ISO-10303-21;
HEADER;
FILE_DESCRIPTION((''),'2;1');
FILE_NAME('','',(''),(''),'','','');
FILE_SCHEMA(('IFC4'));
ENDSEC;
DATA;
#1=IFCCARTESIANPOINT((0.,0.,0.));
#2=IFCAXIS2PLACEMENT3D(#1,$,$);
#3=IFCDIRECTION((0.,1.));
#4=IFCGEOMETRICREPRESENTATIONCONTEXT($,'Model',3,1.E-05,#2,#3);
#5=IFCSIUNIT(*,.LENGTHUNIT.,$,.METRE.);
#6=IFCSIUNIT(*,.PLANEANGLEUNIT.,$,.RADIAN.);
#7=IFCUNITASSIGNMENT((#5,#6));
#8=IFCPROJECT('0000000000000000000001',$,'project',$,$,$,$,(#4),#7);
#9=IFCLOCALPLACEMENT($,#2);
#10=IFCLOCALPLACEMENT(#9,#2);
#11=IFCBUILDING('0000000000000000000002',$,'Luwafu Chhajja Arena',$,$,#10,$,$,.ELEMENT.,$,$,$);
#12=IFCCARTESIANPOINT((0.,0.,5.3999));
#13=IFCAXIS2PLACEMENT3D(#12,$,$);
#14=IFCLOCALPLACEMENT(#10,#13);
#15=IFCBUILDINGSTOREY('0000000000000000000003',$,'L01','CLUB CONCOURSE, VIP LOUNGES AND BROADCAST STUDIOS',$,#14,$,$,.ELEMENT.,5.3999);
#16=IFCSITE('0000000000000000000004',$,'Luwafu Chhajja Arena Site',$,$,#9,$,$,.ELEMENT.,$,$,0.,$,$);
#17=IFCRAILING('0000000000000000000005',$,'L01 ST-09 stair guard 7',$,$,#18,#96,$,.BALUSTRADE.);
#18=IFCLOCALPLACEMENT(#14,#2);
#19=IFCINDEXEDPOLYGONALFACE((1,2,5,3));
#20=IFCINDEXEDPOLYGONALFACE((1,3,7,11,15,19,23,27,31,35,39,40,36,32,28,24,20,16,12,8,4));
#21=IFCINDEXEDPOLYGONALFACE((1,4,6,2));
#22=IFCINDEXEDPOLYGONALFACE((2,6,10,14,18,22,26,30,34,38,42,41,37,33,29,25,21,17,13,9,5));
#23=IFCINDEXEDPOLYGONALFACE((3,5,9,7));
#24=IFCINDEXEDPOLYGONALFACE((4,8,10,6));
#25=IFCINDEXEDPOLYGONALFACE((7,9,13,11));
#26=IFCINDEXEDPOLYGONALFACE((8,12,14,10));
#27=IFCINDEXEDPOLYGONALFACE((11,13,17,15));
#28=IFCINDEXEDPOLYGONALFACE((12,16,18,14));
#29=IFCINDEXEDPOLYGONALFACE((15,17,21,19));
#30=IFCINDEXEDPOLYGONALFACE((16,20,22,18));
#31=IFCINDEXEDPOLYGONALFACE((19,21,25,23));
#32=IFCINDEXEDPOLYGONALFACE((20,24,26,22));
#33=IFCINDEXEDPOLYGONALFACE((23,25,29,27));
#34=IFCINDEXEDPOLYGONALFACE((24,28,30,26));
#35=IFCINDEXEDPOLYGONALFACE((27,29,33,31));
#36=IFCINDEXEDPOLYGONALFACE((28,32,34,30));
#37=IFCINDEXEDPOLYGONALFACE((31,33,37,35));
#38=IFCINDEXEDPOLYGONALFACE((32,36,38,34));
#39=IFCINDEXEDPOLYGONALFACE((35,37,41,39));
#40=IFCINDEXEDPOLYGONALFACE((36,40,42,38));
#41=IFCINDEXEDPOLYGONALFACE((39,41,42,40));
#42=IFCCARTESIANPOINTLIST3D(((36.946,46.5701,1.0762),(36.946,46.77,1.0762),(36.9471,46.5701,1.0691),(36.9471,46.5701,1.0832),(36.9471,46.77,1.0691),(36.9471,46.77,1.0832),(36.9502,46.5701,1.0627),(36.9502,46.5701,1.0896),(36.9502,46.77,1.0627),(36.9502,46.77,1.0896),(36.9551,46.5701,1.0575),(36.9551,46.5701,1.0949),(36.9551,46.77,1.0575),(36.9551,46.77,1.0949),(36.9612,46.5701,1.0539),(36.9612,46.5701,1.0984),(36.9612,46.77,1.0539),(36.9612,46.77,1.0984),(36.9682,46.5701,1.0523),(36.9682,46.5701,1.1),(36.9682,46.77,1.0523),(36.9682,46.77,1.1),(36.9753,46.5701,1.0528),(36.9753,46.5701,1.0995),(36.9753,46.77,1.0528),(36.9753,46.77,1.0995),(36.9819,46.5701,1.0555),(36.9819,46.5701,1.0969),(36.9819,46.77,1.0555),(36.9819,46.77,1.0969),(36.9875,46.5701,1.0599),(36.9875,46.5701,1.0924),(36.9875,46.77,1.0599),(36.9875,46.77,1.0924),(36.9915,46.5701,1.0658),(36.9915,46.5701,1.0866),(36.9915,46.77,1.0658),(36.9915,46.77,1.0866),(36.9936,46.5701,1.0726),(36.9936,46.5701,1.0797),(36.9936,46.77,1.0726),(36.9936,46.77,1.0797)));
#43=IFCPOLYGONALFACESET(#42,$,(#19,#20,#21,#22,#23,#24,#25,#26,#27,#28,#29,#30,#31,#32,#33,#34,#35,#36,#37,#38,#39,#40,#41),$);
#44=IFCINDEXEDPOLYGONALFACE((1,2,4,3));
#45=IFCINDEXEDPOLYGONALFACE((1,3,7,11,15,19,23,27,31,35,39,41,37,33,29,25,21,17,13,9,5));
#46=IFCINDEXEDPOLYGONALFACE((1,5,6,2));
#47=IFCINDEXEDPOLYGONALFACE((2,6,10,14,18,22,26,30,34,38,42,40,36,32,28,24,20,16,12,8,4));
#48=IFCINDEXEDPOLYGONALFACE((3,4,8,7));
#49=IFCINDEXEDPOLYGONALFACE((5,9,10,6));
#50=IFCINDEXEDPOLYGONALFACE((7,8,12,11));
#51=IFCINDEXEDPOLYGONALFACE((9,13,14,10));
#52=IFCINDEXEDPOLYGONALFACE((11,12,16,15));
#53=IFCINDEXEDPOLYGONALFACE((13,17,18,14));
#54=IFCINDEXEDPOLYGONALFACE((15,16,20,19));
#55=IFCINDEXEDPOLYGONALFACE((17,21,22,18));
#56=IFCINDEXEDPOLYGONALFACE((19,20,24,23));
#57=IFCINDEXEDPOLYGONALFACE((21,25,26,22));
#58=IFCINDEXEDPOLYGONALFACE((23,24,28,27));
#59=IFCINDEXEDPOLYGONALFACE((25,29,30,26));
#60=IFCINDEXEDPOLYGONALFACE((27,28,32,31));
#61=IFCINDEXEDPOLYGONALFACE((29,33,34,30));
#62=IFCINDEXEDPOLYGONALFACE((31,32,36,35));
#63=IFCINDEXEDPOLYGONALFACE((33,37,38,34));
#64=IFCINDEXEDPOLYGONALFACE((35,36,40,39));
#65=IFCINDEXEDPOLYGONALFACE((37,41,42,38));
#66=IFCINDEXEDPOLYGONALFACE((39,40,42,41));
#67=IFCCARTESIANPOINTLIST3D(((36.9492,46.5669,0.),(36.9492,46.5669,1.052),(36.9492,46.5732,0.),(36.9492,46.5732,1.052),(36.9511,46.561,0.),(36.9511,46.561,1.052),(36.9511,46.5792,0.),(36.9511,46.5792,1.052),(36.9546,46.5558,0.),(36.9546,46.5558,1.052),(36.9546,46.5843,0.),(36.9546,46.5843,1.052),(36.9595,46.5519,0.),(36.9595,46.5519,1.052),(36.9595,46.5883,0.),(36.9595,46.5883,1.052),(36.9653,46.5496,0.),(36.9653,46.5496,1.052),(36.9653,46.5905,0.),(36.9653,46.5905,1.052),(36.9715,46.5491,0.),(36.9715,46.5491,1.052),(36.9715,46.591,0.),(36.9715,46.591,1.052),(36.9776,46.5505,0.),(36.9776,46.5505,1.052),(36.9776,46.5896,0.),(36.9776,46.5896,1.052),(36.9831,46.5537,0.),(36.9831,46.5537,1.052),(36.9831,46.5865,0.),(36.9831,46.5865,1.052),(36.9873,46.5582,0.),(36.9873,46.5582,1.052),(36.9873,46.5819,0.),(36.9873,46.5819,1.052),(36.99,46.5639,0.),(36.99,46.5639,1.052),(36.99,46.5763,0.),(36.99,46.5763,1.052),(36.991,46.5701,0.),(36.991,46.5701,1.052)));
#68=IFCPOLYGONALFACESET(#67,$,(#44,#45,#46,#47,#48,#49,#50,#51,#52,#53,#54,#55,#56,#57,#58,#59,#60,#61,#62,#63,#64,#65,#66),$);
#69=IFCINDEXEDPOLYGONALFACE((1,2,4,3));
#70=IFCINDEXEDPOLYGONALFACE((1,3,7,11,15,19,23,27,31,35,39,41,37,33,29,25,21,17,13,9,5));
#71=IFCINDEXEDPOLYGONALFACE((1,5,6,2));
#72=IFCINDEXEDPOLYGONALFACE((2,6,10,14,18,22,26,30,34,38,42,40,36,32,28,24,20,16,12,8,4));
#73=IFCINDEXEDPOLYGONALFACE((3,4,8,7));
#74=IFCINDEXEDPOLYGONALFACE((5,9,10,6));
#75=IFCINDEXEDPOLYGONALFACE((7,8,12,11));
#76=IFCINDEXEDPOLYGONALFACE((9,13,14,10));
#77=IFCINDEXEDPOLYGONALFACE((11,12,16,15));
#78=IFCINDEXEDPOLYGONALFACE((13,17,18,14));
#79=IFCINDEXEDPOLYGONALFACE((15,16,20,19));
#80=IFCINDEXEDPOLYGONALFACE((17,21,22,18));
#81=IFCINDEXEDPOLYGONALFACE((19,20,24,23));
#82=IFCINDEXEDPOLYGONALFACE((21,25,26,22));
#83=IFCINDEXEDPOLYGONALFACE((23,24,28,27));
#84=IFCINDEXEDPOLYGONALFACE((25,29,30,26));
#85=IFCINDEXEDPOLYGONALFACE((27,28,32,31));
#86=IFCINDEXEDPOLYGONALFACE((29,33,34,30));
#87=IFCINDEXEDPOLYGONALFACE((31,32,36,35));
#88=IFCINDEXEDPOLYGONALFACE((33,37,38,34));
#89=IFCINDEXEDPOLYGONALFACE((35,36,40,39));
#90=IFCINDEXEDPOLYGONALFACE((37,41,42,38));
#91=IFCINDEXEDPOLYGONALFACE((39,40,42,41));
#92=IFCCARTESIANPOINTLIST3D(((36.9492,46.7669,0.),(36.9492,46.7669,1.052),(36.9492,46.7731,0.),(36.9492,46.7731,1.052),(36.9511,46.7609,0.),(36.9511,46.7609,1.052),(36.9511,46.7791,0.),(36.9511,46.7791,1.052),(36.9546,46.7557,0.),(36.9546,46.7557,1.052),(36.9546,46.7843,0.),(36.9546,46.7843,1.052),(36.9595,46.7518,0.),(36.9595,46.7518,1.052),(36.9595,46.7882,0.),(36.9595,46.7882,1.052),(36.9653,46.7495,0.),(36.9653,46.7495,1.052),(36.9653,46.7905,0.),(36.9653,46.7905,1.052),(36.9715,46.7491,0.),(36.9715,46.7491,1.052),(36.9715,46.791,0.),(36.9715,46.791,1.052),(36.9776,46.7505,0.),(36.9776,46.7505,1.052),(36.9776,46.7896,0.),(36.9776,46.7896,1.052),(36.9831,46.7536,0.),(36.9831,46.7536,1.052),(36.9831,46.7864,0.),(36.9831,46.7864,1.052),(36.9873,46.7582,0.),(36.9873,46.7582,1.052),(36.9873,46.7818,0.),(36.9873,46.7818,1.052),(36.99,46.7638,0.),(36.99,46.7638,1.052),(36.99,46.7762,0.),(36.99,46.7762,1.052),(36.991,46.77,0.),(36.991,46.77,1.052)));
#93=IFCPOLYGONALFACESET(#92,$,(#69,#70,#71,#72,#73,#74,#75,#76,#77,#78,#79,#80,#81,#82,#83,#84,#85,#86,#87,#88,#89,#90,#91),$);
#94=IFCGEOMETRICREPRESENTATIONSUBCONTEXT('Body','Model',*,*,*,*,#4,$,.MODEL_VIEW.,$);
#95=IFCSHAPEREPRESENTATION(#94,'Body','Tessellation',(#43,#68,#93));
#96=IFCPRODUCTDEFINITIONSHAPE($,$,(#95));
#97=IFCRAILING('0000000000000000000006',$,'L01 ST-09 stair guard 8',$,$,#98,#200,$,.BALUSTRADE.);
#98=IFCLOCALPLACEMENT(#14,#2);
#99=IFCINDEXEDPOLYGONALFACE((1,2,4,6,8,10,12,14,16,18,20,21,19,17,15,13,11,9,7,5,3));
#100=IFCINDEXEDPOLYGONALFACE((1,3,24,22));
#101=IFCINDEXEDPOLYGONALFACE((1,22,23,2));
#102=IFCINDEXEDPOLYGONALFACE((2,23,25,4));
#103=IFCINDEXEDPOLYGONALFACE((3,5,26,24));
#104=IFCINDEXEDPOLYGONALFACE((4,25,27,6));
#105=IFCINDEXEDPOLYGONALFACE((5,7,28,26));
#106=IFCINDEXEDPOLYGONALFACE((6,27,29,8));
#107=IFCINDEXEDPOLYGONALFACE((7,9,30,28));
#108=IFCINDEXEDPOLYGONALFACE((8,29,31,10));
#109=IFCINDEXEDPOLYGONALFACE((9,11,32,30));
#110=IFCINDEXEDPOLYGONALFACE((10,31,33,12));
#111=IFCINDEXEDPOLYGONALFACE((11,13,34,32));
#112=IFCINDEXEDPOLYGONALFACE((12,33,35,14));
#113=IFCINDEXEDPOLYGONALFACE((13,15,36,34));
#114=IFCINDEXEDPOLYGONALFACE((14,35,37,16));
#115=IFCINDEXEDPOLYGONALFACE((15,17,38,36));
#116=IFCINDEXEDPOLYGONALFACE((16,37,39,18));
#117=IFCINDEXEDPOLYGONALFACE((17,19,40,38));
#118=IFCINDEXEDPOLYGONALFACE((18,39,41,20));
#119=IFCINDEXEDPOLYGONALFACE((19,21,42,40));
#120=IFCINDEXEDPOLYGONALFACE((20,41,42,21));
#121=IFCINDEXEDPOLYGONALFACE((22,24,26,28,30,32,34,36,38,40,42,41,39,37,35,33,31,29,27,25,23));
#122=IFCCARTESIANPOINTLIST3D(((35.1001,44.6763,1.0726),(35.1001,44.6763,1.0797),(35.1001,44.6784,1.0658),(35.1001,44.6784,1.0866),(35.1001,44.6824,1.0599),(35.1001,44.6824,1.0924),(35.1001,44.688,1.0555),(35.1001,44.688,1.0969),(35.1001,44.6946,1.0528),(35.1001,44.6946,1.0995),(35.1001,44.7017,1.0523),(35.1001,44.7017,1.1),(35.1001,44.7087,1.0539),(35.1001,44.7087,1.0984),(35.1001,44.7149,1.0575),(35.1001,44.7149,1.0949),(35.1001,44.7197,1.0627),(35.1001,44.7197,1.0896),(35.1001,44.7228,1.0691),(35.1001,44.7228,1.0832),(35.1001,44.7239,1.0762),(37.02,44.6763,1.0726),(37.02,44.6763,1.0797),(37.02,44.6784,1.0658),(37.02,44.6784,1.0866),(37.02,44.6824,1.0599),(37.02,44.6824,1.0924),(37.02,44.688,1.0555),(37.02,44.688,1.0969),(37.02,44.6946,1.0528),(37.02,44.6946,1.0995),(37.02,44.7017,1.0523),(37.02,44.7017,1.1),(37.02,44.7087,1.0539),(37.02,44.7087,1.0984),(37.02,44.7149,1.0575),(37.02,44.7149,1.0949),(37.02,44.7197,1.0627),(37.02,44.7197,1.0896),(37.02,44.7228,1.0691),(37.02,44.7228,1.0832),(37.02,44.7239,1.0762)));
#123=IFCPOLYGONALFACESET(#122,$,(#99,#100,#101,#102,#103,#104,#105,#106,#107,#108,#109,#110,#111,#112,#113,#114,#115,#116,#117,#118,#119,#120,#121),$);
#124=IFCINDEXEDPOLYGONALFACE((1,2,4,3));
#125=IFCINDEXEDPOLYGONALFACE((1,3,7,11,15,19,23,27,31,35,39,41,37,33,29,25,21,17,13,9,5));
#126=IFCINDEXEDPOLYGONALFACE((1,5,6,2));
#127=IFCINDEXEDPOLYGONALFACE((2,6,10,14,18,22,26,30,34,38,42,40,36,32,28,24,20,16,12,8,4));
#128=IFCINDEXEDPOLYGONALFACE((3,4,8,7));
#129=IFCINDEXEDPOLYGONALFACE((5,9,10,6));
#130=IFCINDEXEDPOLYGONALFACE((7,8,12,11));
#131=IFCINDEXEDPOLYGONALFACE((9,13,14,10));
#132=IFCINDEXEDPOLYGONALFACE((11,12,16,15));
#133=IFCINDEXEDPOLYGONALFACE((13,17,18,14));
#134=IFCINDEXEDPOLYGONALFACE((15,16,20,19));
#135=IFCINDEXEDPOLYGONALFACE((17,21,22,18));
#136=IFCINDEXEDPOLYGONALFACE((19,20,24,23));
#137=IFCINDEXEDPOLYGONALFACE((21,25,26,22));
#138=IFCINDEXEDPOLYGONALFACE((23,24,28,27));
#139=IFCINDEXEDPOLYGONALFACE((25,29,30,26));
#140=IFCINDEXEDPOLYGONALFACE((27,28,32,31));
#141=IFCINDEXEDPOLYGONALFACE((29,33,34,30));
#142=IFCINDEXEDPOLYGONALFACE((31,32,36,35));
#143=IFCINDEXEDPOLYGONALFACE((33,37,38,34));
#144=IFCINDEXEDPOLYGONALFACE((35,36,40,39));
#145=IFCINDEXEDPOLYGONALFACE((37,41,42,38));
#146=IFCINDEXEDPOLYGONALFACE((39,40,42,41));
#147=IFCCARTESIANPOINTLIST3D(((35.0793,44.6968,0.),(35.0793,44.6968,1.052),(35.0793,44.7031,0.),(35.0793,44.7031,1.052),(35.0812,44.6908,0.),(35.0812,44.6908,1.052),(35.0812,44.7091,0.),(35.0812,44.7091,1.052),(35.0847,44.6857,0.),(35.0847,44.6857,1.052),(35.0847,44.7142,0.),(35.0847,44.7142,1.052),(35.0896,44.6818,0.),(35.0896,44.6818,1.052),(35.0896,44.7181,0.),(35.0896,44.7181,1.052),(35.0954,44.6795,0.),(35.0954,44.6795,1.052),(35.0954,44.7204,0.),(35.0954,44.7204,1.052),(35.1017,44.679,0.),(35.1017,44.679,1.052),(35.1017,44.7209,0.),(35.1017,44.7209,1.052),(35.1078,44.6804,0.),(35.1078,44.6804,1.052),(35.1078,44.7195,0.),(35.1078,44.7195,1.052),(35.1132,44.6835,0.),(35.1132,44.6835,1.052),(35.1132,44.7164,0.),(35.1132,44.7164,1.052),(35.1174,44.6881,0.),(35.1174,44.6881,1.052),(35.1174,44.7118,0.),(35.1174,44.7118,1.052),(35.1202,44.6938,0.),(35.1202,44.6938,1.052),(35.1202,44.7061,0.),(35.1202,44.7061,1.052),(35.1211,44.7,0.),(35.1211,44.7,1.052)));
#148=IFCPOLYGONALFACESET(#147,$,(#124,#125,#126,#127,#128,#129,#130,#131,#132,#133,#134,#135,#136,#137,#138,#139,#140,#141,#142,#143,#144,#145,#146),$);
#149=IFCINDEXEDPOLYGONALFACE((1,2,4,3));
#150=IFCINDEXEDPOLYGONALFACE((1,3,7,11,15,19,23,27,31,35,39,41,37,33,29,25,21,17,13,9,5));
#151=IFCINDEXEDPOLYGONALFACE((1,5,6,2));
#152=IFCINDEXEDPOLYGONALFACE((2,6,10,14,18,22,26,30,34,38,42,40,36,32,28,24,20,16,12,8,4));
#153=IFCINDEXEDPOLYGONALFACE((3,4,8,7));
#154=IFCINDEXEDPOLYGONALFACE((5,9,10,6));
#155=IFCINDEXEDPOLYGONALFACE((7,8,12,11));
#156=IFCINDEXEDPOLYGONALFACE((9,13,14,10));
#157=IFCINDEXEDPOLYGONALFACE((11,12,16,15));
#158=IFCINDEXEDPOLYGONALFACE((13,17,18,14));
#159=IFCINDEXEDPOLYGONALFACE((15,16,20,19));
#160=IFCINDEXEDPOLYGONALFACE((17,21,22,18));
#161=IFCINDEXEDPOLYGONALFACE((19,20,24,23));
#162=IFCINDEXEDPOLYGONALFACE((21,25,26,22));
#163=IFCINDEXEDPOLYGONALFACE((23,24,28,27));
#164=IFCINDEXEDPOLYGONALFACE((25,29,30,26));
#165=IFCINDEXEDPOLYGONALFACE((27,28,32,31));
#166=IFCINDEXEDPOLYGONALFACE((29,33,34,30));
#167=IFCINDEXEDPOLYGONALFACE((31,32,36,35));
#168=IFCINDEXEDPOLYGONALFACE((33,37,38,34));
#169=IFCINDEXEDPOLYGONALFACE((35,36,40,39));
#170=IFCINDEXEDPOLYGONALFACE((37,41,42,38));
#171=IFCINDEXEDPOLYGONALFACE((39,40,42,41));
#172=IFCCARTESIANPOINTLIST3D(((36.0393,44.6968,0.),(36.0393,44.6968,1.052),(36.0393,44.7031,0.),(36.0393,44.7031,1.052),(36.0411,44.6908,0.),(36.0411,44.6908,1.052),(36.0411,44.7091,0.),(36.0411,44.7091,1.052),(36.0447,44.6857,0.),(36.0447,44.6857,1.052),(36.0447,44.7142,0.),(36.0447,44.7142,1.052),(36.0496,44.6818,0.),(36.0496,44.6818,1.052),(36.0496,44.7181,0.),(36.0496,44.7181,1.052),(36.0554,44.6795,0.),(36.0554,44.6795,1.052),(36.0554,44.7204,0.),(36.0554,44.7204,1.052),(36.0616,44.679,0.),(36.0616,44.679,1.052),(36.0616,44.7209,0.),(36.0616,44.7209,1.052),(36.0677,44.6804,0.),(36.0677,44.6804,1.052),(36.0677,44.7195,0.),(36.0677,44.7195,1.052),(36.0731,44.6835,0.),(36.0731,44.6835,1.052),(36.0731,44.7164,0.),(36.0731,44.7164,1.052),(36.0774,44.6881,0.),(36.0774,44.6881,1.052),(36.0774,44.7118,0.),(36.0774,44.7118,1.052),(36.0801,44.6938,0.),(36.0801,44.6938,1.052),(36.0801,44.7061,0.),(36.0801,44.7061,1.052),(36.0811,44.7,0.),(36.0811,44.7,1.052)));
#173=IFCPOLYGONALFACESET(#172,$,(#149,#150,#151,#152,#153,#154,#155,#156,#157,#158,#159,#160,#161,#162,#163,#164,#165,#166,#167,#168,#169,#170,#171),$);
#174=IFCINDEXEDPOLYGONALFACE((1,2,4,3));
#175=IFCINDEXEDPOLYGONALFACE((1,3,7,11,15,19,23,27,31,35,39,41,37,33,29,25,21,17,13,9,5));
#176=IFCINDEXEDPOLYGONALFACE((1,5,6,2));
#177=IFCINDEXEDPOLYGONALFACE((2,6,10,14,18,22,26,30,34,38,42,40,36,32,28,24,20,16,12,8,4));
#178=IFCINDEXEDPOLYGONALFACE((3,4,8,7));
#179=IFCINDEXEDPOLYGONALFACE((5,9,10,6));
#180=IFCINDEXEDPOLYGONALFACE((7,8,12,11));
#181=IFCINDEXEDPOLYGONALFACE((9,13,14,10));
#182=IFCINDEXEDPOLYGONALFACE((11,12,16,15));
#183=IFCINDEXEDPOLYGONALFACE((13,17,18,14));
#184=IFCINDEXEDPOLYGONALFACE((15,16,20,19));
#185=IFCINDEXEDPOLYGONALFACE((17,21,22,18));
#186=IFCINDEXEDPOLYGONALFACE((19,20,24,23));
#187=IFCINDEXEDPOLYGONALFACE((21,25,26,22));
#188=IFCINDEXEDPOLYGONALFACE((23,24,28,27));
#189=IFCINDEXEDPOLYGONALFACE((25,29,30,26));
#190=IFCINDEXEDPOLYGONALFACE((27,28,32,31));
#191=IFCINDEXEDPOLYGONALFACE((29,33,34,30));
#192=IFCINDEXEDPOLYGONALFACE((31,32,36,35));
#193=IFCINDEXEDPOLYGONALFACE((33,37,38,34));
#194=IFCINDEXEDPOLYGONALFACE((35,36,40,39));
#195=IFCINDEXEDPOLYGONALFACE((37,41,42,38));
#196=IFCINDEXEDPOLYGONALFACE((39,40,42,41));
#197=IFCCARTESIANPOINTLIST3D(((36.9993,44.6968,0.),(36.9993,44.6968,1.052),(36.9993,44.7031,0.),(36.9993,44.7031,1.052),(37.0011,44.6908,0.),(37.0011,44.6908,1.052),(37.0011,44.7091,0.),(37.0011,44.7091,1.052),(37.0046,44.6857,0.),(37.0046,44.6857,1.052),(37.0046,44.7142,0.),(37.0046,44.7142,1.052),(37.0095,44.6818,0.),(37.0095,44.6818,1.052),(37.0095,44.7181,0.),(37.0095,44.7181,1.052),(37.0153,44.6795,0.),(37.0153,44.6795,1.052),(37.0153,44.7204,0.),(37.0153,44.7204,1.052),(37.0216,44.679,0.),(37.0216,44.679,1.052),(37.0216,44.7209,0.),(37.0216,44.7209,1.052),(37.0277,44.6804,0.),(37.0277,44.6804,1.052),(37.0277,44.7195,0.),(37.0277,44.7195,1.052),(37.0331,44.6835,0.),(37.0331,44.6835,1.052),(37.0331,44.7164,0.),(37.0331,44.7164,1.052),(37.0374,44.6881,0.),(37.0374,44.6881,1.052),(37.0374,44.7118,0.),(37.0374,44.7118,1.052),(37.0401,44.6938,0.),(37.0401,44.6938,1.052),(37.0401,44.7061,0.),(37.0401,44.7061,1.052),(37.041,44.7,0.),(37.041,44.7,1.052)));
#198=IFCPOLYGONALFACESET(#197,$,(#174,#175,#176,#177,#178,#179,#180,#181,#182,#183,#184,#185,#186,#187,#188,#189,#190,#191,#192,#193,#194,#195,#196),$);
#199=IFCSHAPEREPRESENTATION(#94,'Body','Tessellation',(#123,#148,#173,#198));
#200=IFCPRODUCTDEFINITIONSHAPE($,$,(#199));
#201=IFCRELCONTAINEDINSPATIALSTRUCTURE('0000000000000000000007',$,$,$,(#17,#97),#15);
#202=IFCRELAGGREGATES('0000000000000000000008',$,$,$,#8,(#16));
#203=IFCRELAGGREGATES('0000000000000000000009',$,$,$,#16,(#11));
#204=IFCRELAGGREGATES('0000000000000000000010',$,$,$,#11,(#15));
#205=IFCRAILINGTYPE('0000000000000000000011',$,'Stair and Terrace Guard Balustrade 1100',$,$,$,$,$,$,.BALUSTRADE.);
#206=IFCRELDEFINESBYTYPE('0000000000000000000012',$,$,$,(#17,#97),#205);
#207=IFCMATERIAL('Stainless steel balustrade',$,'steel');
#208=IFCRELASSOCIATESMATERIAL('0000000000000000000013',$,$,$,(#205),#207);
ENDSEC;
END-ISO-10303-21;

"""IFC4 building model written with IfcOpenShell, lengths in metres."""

from ifc_helpers import new_model, si_unit, direction, frame, origin, origin_2d, place, context, subcontext, project, spatial, circle, extrude, material, type_object, element, save


model = new_model("IFC4")

# Units and contexts
model_context = context("Model", 3, precision=1e-05, world=origin(), true_north=direction((0.0, 1.0)))
body_context = subcontext(model_context, "Body", "Model", "MODEL_VIEW")
ifc_project = project(units=[si_unit("LENGTHUNIT", "METRE"), si_unit("PLANEANGLEUNIT", "RADIAN")], contexts=[model_context])

# Site, building, storey
site_placement = place(None, origin())
site = spatial("IfcSite", under=ifc_project, at=site_placement, Name="Luwafu Chhajja Arena Site", CompositionType="ELEMENT", RefElevation=0.0)
building_placement = place(site_placement, origin())
building = spatial("IfcBuilding", under=site, at=building_placement, Name="Luwafu Chhajja Arena", CompositionType="ELEMENT")
storey_placement = place(building_placement, frame((0.0, 0.0, 5.3999)))
storey = spatial("IfcBuildingStorey", under=building, at=storey_placement, Name="L01", Description="CLUB CONCOURSE, VIP LOUNGES AND BROADCAST STUDIOS", CompositionType="ELEMENT", Elevation=5.3999)

# Railings
ifc_material_1 = material(Name="Stainless steel balustrade", Category="steel")
railing_type_1 = type_object("IfcRailingType", Name="Stair and Terrace Guard Balustrade 1100", PredefinedType="BALUSTRADE", material=ifc_material_1)
railing_1_placement = place(storey_placement, frame((36.97, 46.5701, 0.0)))
element("IfcRailing", 1, at=railing_1_placement, inside=storey, type_object=railing_type_1, Name="L01 ST-09 stair guard 7", PredefinedType="BALUSTRADE", context=body_context, shape_type="SweptSolid", body=[
    extrude(circle(Radius=0.0239, at=origin_2d()), frame((0.0, 0.0, 1.0762), z_axis=(0.0, 1.0, 0.0), x_axis=(-1.0, 0.0, 0.0)), (0.0, 0.0, 1.0), 0.2),
    extrude(circle(Radius=0.021, at=origin_2d()), origin(), (0.0, 0.0, 1.0), 1.052),
    extrude(circle(Radius=0.021, at=origin_2d()), frame((0.0, 0.2, 0.0)), (0.0, 0.0, 1.0), 1.052),
])
railing_2_placement = place(storey_placement, frame((35.1001, 44.7, 0.0)))
element("IfcRailing", 2, at=railing_2_placement, inside=storey, type_object=railing_type_1, Name="L01 ST-09 stair guard 8", PredefinedType="BALUSTRADE", context=body_context, shape_type="SweptSolid", body=[
    extrude(circle(Radius=0.0239, at=origin_2d()), frame((0.0, 0.0, 1.0762), z_axis=(1.0, 0.0, 0.0), x_axis=(0.0, 1.0, 0.0)), (0.0, 0.0, 1.0), 1.9199),
    extrude(circle(Radius=0.021, at=origin_2d()), origin(), (0.0, 0.0, 1.0), 1.052),
    extrude(circle(Radius=0.021, at=origin_2d()), frame((0.96, 0.0, 0.0)), (0.0, 0.0, 1.0), 1.052),
    extrude(circle(Radius=0.021, at=origin_2d()), frame((1.9199, 0.0, 0.0)), (0.0, 0.0, 1.0), 1.052),
])

save(model, "model.ifc")
